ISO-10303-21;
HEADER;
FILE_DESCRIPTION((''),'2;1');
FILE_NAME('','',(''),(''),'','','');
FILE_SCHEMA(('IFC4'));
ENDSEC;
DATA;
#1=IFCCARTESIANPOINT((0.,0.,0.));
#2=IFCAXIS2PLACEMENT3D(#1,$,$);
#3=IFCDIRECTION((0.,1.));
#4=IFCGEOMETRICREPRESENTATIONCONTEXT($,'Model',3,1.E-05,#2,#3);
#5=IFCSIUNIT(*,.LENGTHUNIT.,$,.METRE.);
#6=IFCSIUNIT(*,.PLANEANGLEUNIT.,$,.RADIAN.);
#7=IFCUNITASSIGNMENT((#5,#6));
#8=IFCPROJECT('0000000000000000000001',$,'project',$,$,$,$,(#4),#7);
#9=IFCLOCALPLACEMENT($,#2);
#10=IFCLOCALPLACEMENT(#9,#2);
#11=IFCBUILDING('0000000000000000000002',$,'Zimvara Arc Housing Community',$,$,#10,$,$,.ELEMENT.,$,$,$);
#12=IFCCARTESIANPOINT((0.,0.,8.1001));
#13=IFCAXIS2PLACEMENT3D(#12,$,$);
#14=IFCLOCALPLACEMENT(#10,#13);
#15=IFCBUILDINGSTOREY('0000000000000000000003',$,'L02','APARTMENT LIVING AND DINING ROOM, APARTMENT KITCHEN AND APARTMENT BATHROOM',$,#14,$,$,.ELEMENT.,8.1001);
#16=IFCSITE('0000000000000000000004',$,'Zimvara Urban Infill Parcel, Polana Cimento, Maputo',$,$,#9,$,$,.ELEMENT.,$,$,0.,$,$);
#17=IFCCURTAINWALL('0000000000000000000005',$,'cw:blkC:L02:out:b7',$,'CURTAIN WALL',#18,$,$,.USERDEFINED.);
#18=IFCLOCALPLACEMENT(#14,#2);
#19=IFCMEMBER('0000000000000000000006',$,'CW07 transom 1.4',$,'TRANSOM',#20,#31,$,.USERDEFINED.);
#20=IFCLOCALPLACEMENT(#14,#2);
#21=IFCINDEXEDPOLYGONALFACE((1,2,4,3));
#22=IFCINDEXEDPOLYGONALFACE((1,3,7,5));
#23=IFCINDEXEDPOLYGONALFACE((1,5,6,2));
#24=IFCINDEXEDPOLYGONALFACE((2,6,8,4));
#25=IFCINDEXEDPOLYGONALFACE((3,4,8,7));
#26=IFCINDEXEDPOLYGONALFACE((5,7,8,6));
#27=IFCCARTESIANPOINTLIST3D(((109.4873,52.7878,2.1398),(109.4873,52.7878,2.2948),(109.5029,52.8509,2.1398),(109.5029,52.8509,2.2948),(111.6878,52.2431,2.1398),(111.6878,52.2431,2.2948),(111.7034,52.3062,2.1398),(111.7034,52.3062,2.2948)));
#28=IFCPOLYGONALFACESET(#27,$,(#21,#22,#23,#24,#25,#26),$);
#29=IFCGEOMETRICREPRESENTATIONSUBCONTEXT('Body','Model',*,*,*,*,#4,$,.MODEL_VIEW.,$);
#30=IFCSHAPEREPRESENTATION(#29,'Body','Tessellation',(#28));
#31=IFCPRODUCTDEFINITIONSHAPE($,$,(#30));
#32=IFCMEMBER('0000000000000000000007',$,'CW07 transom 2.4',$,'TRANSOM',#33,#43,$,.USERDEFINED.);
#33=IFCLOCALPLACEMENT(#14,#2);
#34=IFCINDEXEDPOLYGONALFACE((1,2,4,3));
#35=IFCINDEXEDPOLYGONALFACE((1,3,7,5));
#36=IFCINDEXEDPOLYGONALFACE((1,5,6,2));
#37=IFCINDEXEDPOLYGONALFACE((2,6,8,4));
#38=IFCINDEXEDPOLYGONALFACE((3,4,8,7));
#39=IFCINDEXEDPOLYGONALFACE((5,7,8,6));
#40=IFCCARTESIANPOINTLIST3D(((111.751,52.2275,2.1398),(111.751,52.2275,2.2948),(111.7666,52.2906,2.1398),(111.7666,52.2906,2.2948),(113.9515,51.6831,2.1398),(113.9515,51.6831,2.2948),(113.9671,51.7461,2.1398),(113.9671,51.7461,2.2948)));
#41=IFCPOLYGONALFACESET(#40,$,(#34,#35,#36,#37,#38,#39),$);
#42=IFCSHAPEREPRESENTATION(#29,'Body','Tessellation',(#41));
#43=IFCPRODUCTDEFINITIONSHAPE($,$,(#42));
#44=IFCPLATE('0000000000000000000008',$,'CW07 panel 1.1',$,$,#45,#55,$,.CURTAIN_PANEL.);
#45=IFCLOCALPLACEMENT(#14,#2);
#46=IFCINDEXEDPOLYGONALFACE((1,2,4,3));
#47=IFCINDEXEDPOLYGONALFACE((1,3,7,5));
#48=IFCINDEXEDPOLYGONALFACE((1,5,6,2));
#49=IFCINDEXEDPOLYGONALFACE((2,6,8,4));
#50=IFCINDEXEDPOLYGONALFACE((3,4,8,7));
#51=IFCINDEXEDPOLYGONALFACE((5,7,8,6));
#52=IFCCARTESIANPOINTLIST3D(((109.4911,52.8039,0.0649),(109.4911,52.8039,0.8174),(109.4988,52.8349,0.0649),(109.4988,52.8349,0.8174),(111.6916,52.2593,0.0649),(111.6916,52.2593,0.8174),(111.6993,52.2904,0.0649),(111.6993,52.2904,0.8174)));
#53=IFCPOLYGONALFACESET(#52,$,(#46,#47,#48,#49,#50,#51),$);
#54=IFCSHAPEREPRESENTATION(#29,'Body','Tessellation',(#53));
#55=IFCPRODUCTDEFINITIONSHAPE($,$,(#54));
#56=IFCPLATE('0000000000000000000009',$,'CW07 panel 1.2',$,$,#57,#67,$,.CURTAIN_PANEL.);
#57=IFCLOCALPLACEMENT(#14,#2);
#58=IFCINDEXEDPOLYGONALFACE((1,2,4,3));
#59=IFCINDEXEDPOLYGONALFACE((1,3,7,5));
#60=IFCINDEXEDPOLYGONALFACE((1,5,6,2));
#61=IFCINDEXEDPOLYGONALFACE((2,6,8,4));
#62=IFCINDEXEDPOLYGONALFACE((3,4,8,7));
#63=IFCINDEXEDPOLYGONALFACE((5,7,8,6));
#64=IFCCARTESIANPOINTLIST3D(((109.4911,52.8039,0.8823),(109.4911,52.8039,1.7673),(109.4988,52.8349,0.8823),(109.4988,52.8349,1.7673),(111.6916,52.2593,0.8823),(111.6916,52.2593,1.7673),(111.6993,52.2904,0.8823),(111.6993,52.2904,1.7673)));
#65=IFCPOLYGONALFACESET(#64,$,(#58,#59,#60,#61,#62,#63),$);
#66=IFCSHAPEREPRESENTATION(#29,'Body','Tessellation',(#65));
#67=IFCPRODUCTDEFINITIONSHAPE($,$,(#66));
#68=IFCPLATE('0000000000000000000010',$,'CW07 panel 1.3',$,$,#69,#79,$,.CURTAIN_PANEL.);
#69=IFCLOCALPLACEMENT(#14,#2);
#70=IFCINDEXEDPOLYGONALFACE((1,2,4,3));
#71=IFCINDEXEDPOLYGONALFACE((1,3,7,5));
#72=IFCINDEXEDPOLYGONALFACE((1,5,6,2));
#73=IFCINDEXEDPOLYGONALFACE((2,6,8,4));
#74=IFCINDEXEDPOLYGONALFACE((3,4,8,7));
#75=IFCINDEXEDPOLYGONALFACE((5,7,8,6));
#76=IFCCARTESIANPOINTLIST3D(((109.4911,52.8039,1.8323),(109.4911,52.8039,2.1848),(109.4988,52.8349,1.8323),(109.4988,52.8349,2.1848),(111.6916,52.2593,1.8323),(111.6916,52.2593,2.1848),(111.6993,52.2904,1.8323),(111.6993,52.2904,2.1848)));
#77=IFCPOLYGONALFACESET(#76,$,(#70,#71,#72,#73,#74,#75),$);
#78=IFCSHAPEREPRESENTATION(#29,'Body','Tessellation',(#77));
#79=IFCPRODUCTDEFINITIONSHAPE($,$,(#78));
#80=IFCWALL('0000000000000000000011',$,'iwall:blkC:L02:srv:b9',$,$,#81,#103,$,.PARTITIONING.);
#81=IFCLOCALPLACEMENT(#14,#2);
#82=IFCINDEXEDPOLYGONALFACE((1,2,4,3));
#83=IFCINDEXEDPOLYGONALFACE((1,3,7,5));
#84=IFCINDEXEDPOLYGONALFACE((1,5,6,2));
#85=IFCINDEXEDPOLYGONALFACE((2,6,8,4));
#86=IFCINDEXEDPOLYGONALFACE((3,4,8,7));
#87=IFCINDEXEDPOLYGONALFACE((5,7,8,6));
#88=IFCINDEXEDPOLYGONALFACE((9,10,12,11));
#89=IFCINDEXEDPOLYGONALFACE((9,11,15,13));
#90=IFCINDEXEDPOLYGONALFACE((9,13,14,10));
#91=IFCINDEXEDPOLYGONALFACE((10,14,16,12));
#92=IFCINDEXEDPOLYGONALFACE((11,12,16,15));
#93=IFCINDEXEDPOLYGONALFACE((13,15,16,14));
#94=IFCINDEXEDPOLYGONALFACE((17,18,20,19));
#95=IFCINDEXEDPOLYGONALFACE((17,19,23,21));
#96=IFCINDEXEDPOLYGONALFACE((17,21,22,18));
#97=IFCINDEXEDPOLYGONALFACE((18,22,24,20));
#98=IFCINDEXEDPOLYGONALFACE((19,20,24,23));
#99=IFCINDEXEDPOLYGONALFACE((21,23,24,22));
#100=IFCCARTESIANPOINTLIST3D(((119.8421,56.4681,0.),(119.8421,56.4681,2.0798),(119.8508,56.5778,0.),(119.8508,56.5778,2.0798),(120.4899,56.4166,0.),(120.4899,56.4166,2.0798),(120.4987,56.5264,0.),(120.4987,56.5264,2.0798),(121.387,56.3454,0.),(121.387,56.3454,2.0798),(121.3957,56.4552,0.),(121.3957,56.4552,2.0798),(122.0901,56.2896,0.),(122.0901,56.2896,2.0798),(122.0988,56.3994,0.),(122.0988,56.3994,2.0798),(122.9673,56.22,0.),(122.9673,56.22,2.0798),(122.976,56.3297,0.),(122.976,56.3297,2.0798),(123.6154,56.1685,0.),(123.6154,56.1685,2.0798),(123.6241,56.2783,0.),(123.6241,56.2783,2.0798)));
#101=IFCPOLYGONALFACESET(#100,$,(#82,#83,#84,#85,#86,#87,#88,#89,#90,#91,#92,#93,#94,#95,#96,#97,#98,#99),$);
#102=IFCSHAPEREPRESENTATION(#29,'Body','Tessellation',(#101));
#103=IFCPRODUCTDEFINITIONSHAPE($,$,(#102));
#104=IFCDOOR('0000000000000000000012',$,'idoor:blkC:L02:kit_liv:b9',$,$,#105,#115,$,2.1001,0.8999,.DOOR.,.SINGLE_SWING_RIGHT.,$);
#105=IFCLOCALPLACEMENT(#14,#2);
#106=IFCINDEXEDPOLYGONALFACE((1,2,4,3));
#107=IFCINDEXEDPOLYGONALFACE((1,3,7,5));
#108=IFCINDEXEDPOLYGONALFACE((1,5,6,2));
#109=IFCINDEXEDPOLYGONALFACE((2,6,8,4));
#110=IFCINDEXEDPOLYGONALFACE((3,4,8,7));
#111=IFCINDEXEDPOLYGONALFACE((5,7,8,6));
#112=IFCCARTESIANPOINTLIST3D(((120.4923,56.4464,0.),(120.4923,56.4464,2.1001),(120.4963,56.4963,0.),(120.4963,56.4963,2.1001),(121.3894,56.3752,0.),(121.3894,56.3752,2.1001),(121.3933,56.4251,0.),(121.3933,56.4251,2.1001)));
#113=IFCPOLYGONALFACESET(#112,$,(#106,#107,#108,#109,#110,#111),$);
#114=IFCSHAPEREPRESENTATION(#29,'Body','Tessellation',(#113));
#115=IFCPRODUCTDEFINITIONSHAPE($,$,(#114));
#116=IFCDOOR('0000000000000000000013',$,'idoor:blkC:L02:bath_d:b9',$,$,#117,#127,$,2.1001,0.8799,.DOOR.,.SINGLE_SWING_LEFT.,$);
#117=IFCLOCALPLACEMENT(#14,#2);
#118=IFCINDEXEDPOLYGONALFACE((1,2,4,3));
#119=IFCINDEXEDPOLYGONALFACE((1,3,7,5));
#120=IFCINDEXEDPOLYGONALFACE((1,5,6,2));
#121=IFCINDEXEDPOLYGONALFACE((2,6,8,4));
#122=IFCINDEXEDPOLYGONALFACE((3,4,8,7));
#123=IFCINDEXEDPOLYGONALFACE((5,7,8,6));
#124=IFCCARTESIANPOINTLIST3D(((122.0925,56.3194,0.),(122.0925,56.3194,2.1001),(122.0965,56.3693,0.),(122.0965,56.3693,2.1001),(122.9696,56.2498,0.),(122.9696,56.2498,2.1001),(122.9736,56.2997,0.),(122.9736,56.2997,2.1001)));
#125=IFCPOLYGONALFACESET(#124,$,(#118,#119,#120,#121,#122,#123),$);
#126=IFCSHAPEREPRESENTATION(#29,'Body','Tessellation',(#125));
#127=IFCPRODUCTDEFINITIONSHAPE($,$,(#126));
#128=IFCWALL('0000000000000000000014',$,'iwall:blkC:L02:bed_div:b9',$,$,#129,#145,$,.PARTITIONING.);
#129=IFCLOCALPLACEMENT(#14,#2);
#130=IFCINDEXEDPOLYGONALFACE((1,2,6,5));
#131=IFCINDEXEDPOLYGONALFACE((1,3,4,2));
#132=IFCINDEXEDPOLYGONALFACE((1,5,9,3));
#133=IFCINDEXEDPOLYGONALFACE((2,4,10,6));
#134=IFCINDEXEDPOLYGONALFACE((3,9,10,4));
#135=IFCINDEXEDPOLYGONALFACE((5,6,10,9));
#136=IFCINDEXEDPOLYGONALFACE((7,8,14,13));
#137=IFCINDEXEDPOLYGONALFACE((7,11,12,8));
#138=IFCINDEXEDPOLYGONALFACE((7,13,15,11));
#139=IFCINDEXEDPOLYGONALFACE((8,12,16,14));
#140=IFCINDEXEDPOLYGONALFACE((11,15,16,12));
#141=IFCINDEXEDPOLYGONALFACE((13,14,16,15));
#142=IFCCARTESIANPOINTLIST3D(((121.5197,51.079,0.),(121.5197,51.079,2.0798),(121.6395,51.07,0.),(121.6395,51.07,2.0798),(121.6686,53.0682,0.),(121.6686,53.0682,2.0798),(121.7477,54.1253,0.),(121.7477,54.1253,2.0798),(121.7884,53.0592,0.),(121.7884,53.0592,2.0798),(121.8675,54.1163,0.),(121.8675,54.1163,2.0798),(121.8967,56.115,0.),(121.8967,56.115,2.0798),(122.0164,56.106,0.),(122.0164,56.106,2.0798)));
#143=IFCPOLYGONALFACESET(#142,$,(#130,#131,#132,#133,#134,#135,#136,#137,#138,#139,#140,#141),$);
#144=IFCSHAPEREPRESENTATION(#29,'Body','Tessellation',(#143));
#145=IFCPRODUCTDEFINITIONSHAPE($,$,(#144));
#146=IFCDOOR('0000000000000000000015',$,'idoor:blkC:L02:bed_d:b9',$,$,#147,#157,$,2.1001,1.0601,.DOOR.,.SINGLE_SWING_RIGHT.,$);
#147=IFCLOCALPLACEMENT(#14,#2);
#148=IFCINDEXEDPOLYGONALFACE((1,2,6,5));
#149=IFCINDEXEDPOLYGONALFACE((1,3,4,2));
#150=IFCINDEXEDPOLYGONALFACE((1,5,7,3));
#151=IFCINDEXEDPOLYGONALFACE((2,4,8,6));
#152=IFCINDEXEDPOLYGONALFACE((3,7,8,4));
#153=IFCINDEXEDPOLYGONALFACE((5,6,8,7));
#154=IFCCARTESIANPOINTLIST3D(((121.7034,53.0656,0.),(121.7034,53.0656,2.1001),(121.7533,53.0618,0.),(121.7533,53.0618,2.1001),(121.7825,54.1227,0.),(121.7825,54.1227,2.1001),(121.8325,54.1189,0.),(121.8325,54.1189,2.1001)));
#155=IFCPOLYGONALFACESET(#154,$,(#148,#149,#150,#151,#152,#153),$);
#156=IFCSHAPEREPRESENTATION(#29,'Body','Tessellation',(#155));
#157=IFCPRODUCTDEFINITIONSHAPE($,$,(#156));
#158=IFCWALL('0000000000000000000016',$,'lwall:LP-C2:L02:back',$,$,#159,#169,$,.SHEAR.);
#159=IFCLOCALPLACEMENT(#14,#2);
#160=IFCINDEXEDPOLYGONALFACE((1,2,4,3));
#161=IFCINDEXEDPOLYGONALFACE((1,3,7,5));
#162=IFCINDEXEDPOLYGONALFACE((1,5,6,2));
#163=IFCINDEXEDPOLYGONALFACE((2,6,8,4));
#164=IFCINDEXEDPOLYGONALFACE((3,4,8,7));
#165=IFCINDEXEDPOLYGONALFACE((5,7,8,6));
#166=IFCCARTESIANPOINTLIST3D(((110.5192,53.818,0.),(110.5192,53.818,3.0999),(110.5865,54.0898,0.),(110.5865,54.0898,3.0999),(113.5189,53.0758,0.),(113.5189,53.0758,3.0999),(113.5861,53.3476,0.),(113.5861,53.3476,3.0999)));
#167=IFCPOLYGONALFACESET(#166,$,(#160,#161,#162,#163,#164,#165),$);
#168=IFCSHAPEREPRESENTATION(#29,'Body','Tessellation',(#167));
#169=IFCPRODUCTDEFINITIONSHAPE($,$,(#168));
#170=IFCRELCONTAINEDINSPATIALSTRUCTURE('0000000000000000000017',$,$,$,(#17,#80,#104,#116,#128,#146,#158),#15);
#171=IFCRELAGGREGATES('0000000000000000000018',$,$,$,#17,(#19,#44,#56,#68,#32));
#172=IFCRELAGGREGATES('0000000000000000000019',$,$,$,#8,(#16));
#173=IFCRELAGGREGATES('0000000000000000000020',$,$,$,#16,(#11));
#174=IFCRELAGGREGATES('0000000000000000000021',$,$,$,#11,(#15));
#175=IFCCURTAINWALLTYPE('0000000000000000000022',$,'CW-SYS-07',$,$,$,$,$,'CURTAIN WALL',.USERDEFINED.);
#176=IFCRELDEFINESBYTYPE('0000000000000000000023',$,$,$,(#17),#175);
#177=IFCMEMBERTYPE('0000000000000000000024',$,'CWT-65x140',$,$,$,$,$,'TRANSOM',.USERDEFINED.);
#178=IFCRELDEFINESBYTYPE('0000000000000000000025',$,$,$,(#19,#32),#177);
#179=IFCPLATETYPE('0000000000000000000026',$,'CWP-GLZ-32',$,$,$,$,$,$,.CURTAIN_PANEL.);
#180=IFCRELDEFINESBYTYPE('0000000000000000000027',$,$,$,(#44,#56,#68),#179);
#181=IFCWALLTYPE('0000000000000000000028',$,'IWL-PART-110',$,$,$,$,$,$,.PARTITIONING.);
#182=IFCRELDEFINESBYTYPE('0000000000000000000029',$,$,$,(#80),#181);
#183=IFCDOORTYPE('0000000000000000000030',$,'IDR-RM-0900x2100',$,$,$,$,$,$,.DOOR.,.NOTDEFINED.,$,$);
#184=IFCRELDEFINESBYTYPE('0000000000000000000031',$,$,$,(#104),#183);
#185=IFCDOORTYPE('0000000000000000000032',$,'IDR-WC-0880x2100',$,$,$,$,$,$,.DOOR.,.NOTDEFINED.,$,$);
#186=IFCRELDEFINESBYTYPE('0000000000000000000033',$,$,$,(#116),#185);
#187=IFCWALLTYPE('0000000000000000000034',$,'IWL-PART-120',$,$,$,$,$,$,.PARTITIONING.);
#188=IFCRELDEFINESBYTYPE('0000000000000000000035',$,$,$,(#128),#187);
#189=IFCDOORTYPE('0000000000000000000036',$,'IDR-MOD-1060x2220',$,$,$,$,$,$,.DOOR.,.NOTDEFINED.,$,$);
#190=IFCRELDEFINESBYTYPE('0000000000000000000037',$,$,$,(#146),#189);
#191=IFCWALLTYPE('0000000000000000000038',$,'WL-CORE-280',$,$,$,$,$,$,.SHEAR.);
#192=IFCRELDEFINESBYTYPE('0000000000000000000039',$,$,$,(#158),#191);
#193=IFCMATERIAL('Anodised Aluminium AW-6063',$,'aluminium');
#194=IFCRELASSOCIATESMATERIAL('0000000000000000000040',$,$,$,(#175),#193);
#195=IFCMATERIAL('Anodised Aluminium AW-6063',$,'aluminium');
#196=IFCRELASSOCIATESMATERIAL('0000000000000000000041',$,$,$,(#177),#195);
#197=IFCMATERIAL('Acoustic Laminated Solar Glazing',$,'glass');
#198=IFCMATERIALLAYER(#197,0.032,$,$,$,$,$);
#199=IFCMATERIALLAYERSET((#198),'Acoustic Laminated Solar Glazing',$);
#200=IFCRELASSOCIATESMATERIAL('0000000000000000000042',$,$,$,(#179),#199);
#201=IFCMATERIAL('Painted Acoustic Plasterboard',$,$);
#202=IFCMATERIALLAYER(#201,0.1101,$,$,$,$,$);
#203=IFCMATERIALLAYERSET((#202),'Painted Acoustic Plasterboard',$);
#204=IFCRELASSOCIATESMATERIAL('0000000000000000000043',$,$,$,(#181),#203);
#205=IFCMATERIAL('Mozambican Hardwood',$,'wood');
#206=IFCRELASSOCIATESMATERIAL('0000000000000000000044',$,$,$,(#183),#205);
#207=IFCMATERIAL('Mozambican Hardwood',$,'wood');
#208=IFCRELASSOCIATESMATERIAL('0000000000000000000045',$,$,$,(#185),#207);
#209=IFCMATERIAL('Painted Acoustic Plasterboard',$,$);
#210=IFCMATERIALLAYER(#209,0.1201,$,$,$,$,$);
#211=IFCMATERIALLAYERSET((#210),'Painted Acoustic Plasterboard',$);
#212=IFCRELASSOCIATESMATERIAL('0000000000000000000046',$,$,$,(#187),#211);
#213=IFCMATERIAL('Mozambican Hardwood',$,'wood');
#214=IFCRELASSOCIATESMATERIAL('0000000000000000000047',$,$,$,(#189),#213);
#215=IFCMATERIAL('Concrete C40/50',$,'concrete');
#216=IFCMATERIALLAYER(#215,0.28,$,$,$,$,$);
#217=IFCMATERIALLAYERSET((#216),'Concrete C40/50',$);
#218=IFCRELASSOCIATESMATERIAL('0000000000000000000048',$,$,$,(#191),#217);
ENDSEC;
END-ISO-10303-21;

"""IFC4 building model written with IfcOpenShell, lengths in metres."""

from ifc_helpers import new_model, si_unit, direction, frame, frame_2d, origin, origin_2d, place, context, subcontext, project, spatial, rectangle, extrude, material, layer, layer_set, material_profile, profile_set, type_object, element, fill, aggregate, save


model = new_model("IFC4")

# Units and contexts
model_context = context("Model", 3, precision=1e-05, world=origin(), true_north=direction((0.0, 1.0)))
body_context = subcontext(model_context, "Body", "Model", "MODEL_VIEW")
ifc_project = project(units=[si_unit("LENGTHUNIT", "METRE"), si_unit("PLANEANGLEUNIT", "RADIAN")], contexts=[model_context])

# Site, building, storey
site_placement = place(None, origin())
site = spatial("IfcSite", under=ifc_project, at=site_placement, Name="Zimvara Urban Infill Parcel, Polana Cimento, Maputo", CompositionType="ELEMENT", RefElevation=0.0)
building_placement = place(site_placement, origin())
building = spatial("IfcBuilding", under=site, at=building_placement, Name="Zimvara Arc Housing Community", CompositionType="ELEMENT")
storey_placement = place(building_placement, frame((0.0, 0.0, 8.1001)))
storey = spatial("IfcBuildingStorey", under=building, at=storey_placement, Name="L02", Description="APARTMENT LIVING AND DINING ROOM, APARTMENT KITCHEN AND APARTMENT BATHROOM", CompositionType="ELEMENT", Elevation=8.1001)

# Curtain wall, members, plates
ifc_material_1 = material(Name="Anodised Aluminium AW-6063", Category="aluminium")
curtain_wall_type = type_object("IfcCurtainWallType", Name="CW-SYS-07", ElementType="CURTAIN WALL", PredefinedType="USERDEFINED", material=ifc_material_1)
curtain_wall_placement = place(storey_placement, origin())
curtain_wall = element("IfcCurtainWall", 1, at=curtain_wall_placement, inside=storey, type_object=curtain_wall_type, Name="cw:blkC:L02:out:b7", ObjectType="CURTAIN WALL", PredefinedType="USERDEFINED")
ifc_material_2 = material(Name="Anodised Aluminium AW-6063", Category="aluminium")
ifc_material_profile_1 = material_profile(ifc_material_2, rectangle(XDim=0.0649, YDim=0.155, at=origin_2d()), Name="ALU 65x155")
ifc_profile_set_1 = profile_set([ifc_material_profile_1], Name="Anodised Aluminium AW-6063")
member_type_1 = type_object("IfcMemberType", Name="CWT-65x140", ElementType="TRANSOM", PredefinedType="USERDEFINED", material=ifc_profile_set_1)
member_1_placement = place(storey_placement, frame((109.4951, 52.8193, 2.2173), z_axis=(0.970704, -0.24028, 0.0), x_axis=(0.24028, 0.970704, 0.0)))
member_1 = element("IfcMember", 2, at=member_1_placement, type_object=member_type_1, Name="CW07 transom 1.4", ObjectType="TRANSOM", PredefinedType="USERDEFINED", context=body_context, shape_type="SweptSolid", body=[
    extrude(rectangle(XDim=0.0649, YDim=0.155, at=origin_2d()), origin(), (0.0, 0.0, 1.0), 2.2668),
])
member_2_placement = place(storey_placement, frame((111.7588, 52.259, 2.2173), z_axis=(0.970729, -0.240178, 0.0), x_axis=(0.240178, 0.970729, 0.0)))
member_2 = element("IfcMember", 3, at=member_2_placement, type_object=member_type_1, Name="CW07 transom 2.4", ObjectType="TRANSOM", PredefinedType="USERDEFINED", context=body_context, shape_type="SweptSolid", body=[
    extrude(rectangle(XDim=0.0649, YDim=0.155, at=origin_2d()), origin(), (0.0, 0.0, 1.0), 2.2668),
])
ifc_material_3 = material(Name="Acoustic Laminated Solar Glazing", Category="glass")
ifc_layer_1 = layer(ifc_material_3, 0.032)
ifc_layer_set_1 = layer_set([ifc_layer_1], Name="Acoustic Laminated Solar Glazing")
plate_type = type_object("IfcPlateType", Name="CWP-GLZ-32", PredefinedType="CURTAIN_PANEL", material=ifc_layer_set_1)
plate_1_placement = place(storey_placement, frame((110.5952, 52.5471, 0.0649), z_axis=(0.0, 0.0, 1.0), x_axis=(0.970716, -0.24023, 0.0)))
plate_1 = element("IfcPlate", 4, at=plate_1_placement, type_object=plate_type, Name="CW07 panel 1.1", PredefinedType="CURTAIN_PANEL", context=body_context, shape_type="SweptSolid", body=[
    extrude(rectangle(XDim=2.2668, YDim=0.032, at=origin_2d()), origin(), (0.0, 0.0, 1.0), 0.7524),
])
plate_2_placement = place(storey_placement, frame((110.5952, 52.5471, 0.8823), z_axis=(0.0, 0.0, 1.0), x_axis=(0.970716, -0.24023, 0.0)))
plate_2 = element("IfcPlate", 5, at=plate_2_placement, type_object=plate_type, Name="CW07 panel 1.2", PredefinedType="CURTAIN_PANEL", context=body_context, shape_type="SweptSolid", body=[
    extrude(rectangle(XDim=2.2668, YDim=0.032, at=origin_2d()), origin(), (0.0, 0.0, 1.0), 0.885),
])
plate_3_placement = place(storey_placement, frame((110.5952, 52.5471, 1.8323), z_axis=(0.0, 0.0, 1.0), x_axis=(0.970716, -0.24023, 0.0)))
plate_3 = element("IfcPlate", 6, at=plate_3_placement, type_object=plate_type, Name="CW07 panel 1.3", PredefinedType="CURTAIN_PANEL", context=body_context, shape_type="SweptSolid", body=[
    extrude(rectangle(XDim=2.2668, YDim=0.032, at=origin_2d()), origin(), (0.0, 0.0, 1.0), 0.3525),
])
aggregate(curtain_wall, [member_1, plate_1, plate_2, plate_3, member_2])

# Wall, openings, doors
ifc_material_4 = material(Name="Painted Acoustic Plasterboard")
ifc_layer_2 = layer(ifc_material_4, 0.1101)
ifc_layer_set_2 = layer_set([ifc_layer_2], Name="Painted Acoustic Plasterboard")
wall_type_1 = type_object("IfcWallType", Name="IWL-PART-110", PredefinedType="PARTITIONING", material=ifc_layer_set_2)
wall_1_placement = place(storey_placement, frame((119.8464, 56.5229, 0.0), z_axis=(0.0, 0.0, 1.0), x_axis=(0.996863, -0.079143, 0.0)))
wall_1 = element("IfcWall", 7, at=wall_1_placement, inside=storey, type_object=wall_type_1, Name="iwall:blkC:L02:srv:b9", PredefinedType="PARTITIONING", context=body_context, shape_type="SweptSolid", body=[
    extrude(rectangle(XDim=3.7852, YDim=0.1101, at=frame_2d((1.8926, 0.0))), origin(), (0.0, 0.0, 1.0), 2.0798),
])
opening_1_placement = place(wall_1_placement, frame((0.6499, 0.0, 0.0)))
opening_1 = element("IfcOpeningElement", 8, at=opening_1_placement, cuts=wall_1, PredefinedType="OPENING", context=body_context, shape_type="SweptSolid", body=[
    extrude(rectangle(XDim=0.8999, YDim=2.1001, at=frame_2d((0.45, 1.05))), frame((0.0, 0.0649, 0.0), z_axis=(0.0, -1.0, 0.0), x_axis=(1.0, 0.0, 0.0)), (0.0, 0.0, 1.0), 0.1301),
])
opening_2_placement = place(wall_1_placement, frame((2.2551, 0.0, 0.0)))
opening_2 = element("IfcOpeningElement", 9, at=opening_2_placement, cuts=wall_1, PredefinedType="OPENING", context=body_context, shape_type="SweptSolid", body=[
    extrude(rectangle(XDim=0.8799, YDim=2.1001, at=frame_2d((0.4399, 1.05))), frame((0.0, 0.0649, 0.0), z_axis=(0.0, -1.0, 0.0), x_axis=(1.0, 0.0, 0.0)), (0.0, 0.0, 1.0), 0.1301),
])
ifc_material_5 = material(Name="Mozambican Hardwood", Category="wood")
door_type_1 = type_object("IfcDoorType", Name="IDR-RM-0900x2100", OperationType="NOTDEFINED", PredefinedType="DOOR", material=ifc_material_5)
door_1_placement = place(opening_1_placement, origin())
door_1 = element("IfcDoor", 10, at=door_1_placement, inside=storey, type_object=door_type_1, Name="idoor:blkC:L02:kit_liv:b9", OperationType="SINGLE_SWING_RIGHT", OverallHeight=2.1001, OverallWidth=0.8999, PredefinedType="DOOR", context=body_context, shape_type="SweptSolid", body=[
    extrude(rectangle(XDim=0.8999, YDim=2.1001, at=frame_2d((0.45, 1.05))), frame((0.0, 0.0249, 0.0), z_axis=(0.0, -1.0, 0.0), x_axis=(1.0, 0.0, 0.0)), (0.0, 0.0, 1.0), 0.05),
])
fill(opening_1, door_1)
ifc_material_6 = material(Name="Mozambican Hardwood", Category="wood")
door_type_2 = type_object("IfcDoorType", Name="IDR-WC-0880x2100", OperationType="NOTDEFINED", PredefinedType="DOOR", material=ifc_material_6)
door_2_placement = place(opening_2_placement, origin())
door_2 = element("IfcDoor", 11, at=door_2_placement, inside=storey, type_object=door_type_2, Name="idoor:blkC:L02:bath_d:b9", OperationType="SINGLE_SWING_LEFT", OverallHeight=2.1001, OverallWidth=0.8799, PredefinedType="DOOR", context=body_context, shape_type="SweptSolid", body=[
    extrude(rectangle(XDim=0.8799, YDim=2.1001, at=frame_2d((0.4399, 1.05))), frame((0.0, 0.0249, 0.0), z_axis=(0.0, -1.0, 0.0), x_axis=(1.0, 0.0, 0.0)), (0.0, 0.0, 1.0), 0.05),
])
fill(opening_2, door_2)

# Wall, opening, door
ifc_material_7 = material(Name="Painted Acoustic Plasterboard")
ifc_layer_3 = layer(ifc_material_7, 0.1201)
ifc_layer_set_3 = layer_set([ifc_layer_3], Name="Painted Acoustic Plasterboard")
wall_type_2 = type_object("IfcWallType", Name="IWL-PART-120", PredefinedType="PARTITIONING", material=ifc_layer_set_3)
wall_2_placement = place(storey_placement, frame((121.9565, 56.1104, 0.0), z_axis=(0.0, 0.0, 1.0), x_axis=(-0.074645, -0.99721, 0.0)))
wall_2 = element("IfcWall", 12, at=wall_2_placement, inside=storey, type_object=wall_type_2, Name="iwall:blkC:L02:bed_div:b9", PredefinedType="PARTITIONING", context=body_context, shape_type="SweptSolid", body=[
    extrude(rectangle(XDim=5.05, YDim=0.1201, at=frame_2d((2.5249, 0.0))), origin(), (0.0, 0.0, 1.0), 2.0798),
])
opening_3_placement = place(wall_2_placement, frame((1.9951, 0.0, 0.0)))
opening_3 = element("IfcOpeningElement", 13, at=opening_3_placement, cuts=wall_2, PredefinedType="OPENING", context=body_context, shape_type="SweptSolid", body=[
    extrude(rectangle(XDim=1.0601, YDim=2.1001, at=frame_2d((0.53, 1.05))), frame((0.0, 0.0701, 0.0), z_axis=(0.0, -1.0, 0.0), x_axis=(1.0, 0.0, 0.0)), (0.0, 0.0, 1.0), 0.1401),
])
ifc_material_8 = material(Name="Mozambican Hardwood", Category="wood")
door_type_3 = type_object("IfcDoorType", Name="IDR-MOD-1060x2220", OperationType="NOTDEFINED", PredefinedType="DOOR", material=ifc_material_8)
door_3_placement = place(opening_3_placement, origin())
door_3 = element("IfcDoor", 14, at=door_3_placement, inside=storey, type_object=door_type_3, Name="idoor:blkC:L02:bed_d:b9", OperationType="SINGLE_SWING_RIGHT", OverallHeight=2.1001, OverallWidth=1.0601, PredefinedType="DOOR", context=body_context, shape_type="SweptSolid", body=[
    extrude(rectangle(XDim=1.0601, YDim=2.1001, at=frame_2d((0.53, 1.05))), frame((0.0, 0.0249, 0.0), z_axis=(0.0, -1.0, 0.0), x_axis=(1.0, 0.0, 0.0)), (0.0, 0.0, 1.0), 0.05),
])
fill(opening_3, door_3)
ifc_material_9 = material(Name="Concrete C40/50", Category="concrete")
ifc_layer_4 = layer(ifc_material_9, 0.28)
ifc_layer_set_4 = layer_set([ifc_layer_4], Name="Concrete C40/50")
wall_type_3 = type_object("IfcWallType", Name="WL-CORE-280", PredefinedType="SHEAR", material=ifc_layer_set_4)

# Wall
wall_3_placement = place(storey_placement, frame((110.553, 53.9539, 0.0), z_axis=(0.0, 0.0, 1.0), x_axis=(0.970725, -0.240192, 0.0)))
element("IfcWall", 15, at=wall_3_placement, inside=storey, type_object=wall_type_3, Name="lwall:LP-C2:L02:back", PredefinedType="SHEAR", context=body_context, shape_type="SweptSolid", body=[
    extrude(rectangle(XDim=3.0901, YDim=0.28, at=frame_2d((1.5449, 0.0))), origin(), (0.0, 0.0, 1.0), 3.0999),
])

save(model, "model.ifc")
